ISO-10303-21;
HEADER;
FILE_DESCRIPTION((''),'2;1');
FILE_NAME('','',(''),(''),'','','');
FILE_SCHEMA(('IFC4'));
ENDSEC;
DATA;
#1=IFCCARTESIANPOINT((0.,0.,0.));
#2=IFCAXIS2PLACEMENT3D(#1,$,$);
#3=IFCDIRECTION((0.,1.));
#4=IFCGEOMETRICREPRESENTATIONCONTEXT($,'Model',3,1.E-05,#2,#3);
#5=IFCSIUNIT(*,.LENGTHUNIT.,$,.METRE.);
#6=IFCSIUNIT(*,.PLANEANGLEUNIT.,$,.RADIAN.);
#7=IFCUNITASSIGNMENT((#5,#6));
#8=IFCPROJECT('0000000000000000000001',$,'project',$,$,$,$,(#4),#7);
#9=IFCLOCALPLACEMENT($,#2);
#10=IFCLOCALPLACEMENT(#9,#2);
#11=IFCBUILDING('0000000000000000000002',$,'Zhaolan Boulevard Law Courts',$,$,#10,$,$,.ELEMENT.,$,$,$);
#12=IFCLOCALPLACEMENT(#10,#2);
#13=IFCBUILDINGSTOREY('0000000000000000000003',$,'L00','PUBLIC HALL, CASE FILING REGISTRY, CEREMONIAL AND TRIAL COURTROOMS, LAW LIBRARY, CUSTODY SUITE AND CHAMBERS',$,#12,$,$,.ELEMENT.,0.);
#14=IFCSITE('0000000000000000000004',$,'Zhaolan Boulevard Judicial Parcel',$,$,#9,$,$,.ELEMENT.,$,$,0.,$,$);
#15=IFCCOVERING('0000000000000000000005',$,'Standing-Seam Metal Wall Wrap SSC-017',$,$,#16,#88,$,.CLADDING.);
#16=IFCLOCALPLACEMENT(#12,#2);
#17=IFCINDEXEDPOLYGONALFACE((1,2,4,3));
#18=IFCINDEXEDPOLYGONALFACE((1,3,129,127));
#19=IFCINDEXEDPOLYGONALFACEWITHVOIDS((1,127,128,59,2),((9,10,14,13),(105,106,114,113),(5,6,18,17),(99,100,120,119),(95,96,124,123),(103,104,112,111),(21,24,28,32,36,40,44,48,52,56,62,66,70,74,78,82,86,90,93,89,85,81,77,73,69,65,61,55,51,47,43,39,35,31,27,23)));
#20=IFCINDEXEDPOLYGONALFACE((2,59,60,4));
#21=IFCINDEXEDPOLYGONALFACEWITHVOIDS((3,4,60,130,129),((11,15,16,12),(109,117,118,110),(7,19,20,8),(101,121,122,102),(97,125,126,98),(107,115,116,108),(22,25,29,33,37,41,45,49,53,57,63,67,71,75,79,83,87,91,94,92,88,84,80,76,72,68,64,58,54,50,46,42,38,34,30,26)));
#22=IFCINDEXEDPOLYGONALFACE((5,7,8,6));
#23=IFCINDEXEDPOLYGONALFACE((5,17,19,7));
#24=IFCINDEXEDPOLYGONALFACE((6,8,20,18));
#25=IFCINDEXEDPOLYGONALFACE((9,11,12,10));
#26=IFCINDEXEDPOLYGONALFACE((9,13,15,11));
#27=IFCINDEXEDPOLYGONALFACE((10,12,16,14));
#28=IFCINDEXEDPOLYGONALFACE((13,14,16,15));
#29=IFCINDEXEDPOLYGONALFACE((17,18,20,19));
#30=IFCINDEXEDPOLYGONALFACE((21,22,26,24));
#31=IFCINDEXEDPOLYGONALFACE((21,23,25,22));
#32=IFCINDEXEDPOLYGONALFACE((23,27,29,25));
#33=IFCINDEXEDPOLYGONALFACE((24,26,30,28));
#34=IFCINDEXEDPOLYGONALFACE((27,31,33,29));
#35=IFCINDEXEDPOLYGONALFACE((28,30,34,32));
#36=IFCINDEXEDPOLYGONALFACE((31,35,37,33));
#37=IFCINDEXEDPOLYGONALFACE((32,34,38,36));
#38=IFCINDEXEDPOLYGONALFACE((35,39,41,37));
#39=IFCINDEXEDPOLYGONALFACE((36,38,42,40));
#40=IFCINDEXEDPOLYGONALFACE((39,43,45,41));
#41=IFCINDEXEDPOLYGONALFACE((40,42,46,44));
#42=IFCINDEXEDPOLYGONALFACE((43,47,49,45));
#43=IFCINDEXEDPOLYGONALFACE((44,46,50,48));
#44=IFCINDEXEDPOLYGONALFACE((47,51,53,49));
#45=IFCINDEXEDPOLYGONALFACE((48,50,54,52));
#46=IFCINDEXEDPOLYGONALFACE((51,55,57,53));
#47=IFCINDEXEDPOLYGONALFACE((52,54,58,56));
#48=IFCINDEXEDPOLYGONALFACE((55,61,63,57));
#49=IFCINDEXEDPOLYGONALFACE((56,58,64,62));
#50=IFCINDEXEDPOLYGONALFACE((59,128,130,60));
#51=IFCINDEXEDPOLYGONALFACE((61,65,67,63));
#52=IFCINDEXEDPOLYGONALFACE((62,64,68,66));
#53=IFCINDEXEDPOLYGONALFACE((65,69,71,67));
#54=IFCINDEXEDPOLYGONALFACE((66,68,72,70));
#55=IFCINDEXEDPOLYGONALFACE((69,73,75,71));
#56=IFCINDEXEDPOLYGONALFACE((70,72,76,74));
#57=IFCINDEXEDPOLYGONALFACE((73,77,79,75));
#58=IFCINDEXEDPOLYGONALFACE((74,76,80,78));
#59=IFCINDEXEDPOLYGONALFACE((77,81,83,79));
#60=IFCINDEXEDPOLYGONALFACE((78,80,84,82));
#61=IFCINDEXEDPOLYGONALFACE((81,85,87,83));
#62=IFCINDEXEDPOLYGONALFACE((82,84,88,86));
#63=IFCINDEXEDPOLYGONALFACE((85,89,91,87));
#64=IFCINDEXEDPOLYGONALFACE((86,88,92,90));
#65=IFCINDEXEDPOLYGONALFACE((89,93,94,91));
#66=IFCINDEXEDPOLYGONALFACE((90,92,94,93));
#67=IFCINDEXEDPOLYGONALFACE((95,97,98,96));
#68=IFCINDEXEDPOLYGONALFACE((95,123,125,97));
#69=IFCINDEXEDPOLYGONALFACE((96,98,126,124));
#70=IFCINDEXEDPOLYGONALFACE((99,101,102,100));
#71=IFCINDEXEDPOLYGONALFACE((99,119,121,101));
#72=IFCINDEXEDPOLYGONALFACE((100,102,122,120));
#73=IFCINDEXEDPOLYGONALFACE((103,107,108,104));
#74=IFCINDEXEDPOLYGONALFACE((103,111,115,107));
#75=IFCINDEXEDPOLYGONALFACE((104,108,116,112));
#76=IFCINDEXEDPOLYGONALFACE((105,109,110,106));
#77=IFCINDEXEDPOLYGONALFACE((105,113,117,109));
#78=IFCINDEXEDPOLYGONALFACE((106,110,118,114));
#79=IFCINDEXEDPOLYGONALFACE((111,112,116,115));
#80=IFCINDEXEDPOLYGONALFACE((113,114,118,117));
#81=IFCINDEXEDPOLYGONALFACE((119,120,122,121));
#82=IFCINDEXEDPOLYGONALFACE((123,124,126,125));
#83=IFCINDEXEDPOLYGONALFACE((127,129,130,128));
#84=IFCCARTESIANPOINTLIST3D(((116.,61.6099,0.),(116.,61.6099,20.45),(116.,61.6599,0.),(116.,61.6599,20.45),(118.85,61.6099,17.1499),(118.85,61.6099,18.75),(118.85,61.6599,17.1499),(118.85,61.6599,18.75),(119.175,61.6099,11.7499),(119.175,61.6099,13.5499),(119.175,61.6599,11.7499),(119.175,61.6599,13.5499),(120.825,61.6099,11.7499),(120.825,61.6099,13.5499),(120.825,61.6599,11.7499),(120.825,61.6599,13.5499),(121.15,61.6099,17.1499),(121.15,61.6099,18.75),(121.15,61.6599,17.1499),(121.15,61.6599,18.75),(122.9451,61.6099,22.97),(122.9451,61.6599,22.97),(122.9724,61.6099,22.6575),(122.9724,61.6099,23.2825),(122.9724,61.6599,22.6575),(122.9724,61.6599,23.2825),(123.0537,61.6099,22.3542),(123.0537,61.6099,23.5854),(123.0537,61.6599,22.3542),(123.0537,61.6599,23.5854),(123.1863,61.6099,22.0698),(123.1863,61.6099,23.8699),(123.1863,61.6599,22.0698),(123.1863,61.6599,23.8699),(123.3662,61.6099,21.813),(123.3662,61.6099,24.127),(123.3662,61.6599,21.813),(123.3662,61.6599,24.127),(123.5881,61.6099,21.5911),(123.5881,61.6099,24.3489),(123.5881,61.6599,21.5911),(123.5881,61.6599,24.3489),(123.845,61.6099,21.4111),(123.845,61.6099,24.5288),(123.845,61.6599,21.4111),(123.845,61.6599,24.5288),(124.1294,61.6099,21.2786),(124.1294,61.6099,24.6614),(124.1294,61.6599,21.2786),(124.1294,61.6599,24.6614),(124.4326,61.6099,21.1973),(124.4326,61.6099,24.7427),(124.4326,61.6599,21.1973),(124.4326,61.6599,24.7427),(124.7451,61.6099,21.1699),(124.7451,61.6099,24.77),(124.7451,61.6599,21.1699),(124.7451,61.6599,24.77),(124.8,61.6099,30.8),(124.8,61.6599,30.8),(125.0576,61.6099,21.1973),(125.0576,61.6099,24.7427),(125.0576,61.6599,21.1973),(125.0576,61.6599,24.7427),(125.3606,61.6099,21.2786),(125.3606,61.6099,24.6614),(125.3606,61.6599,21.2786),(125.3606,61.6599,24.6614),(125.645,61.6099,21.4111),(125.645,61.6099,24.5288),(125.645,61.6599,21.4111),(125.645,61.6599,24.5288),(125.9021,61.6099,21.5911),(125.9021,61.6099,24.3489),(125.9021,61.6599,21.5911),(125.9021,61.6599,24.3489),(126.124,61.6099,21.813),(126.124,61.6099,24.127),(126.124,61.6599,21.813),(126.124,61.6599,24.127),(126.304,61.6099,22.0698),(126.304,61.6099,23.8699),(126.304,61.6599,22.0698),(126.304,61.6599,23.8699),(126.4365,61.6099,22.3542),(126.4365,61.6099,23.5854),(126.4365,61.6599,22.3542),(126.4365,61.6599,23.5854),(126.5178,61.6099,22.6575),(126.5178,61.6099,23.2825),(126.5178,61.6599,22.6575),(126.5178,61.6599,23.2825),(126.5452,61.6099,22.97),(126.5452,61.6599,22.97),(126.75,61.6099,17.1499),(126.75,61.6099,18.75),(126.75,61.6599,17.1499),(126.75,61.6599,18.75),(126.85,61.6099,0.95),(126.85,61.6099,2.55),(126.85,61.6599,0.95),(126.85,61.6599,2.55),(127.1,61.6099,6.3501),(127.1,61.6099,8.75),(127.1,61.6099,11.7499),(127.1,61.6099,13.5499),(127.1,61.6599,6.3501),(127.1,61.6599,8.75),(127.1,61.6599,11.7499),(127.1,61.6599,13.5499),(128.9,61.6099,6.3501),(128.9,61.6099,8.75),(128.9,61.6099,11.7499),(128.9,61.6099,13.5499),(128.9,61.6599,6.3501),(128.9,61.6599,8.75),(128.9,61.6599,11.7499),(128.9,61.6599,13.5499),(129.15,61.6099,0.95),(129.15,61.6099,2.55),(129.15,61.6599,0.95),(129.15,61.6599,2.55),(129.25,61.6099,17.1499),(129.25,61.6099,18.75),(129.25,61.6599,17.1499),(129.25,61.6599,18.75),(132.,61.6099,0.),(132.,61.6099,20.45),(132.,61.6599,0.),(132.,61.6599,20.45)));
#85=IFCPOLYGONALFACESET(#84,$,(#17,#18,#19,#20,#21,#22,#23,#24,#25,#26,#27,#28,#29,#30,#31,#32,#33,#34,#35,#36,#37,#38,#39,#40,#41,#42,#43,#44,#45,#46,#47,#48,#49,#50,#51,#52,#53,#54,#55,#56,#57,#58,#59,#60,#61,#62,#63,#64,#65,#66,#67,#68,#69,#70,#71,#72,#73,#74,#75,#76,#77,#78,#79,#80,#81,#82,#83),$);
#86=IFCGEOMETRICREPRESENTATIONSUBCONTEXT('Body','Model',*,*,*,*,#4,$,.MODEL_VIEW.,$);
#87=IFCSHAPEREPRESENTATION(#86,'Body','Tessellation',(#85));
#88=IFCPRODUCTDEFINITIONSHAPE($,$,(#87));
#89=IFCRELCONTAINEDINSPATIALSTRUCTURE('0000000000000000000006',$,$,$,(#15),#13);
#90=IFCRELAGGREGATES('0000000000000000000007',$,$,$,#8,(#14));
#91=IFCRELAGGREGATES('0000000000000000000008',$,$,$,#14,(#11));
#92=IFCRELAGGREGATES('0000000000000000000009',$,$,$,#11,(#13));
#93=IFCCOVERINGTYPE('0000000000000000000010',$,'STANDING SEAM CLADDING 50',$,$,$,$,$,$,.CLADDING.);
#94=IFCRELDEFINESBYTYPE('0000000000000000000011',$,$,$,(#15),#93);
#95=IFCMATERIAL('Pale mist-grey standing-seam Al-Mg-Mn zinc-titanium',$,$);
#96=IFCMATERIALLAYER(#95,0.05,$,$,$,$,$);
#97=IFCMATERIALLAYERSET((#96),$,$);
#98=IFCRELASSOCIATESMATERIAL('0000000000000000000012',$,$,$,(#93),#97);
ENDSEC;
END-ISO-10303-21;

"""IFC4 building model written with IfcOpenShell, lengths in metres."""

from ifc_helpers import new_model, si_unit, direction, frame, frame_2d, origin, place, context, subcontext, project, spatial, polyline, rectangle, outline, extrude, material, layer, layer_set, type_object, element, save


model = new_model("IFC4")

# Units and contexts
model_context = context("Model", 3, precision=1e-05, world=origin(), true_north=direction((0.0, 1.0)))
body_context = subcontext(model_context, "Body", "Model", "MODEL_VIEW")
ifc_project = project(units=[si_unit("LENGTHUNIT", "METRE"), si_unit("PLANEANGLEUNIT", "RADIAN")], contexts=[model_context])

# Site, building, storey
site_placement = place(None, origin())
site = spatial("IfcSite", under=ifc_project, at=site_placement, Name="Zhaolan Boulevard Judicial Parcel", CompositionType="ELEMENT", RefElevation=0.0)
building_placement = place(site_placement, origin())
building = spatial("IfcBuilding", under=site, at=building_placement, Name="Zhaolan Boulevard Law Courts", CompositionType="ELEMENT")
storey_placement = place(building_placement, origin())
storey = spatial("IfcBuildingStorey", under=building, at=storey_placement, Name="L00", Description="PUBLIC HALL, CASE FILING REGISTRY, CEREMONIAL AND TRIAL COURTROOMS, LAW LIBRARY, CUSTODY SUITE AND CHAMBERS", CompositionType="ELEMENT", Elevation=0.0)

# Covering, openings
ifc_material_1 = material(Name="Pale mist-grey standing-seam Al-Mg-Mn zinc-titanium")
ifc_layer_1 = layer(ifc_material_1, 0.05)
ifc_layer_set_1 = layer_set([ifc_layer_1])
covering_type_1 = type_object("IfcCoveringType", Name="STANDING SEAM CLADDING 50", PredefinedType="CLADDING", material=ifc_layer_set_1)
covering_1_placement = place(storey_placement, frame((116.0, 61.635, 0.0), z_axis=(0.0, 0.0, 1.0), x_axis=(1.0, 0.0, 0.0)))
covering_1 = element("IfcCovering", 1, at=covering_1_placement, inside=storey, type_object=covering_type_1, Name="Standing-Seam Metal Wall Wrap SSC-017", PredefinedType="CLADDING", context=body_context, shape_type="SweptSolid", body=[
    extrude(outline(polyline([(0.0, 0.0), (16.0, 0.0), (16.0, 20.45), (8.8, 30.8), (0.0, 20.45), (0.0, 0.0)])), frame((0.0, 0.0249, 0.0), z_axis=(0.0, -1.0, 0.0), x_axis=(1.0, 0.0, 0.0)), (0.0, 0.0, 1.0), 0.05),
])
opening_1_placement = place(storey_placement, frame((126.8501, 61.635, 0.95), z_axis=(0.0, 0.0, 1.0), x_axis=(1.0, 0.0, 0.0)))
element("IfcOpeningElement", 2, at=opening_1_placement, cuts=covering_1, PredefinedType="OPENING", context=body_context, shape_type="SweptSolid", body=[
    extrude(rectangle(XDim=2.3, YDim=1.6001, at=frame_2d((1.1499, 0.8))), frame((0.0, 0.1499, 0.0), z_axis=(0.0, -1.0, 0.0), x_axis=(1.0, 0.0, 0.0)), (0.0, 0.0, 1.0), 0.3),
])
opening_2_placement = place(storey_placement, frame((127.1001, 61.635, 6.3501), z_axis=(0.0, 0.0, 1.0), x_axis=(1.0, 0.0, 0.0)))
element("IfcOpeningElement", 3, at=opening_2_placement, cuts=covering_1, PredefinedType="OPENING", context=body_context, shape_type="SweptSolid", body=[
    extrude(rectangle(XDim=1.8, YDim=2.3999, at=frame_2d((0.8999, 1.2))), frame((0.0, 0.1499, 0.0), z_axis=(0.0, -1.0, 0.0), x_axis=(1.0, 0.0, 0.0)), (0.0, 0.0, 1.0), 0.3),
])
opening_3_placement = place(storey_placement, frame((119.175, 61.635, 11.75), z_axis=(0.0, 0.0, 1.0), x_axis=(1.0, 0.0, 0.0)))
element("IfcOpeningElement", 4, at=opening_3_placement, cuts=covering_1, PredefinedType="OPENING", context=body_context, shape_type="SweptSolid", body=[
    extrude(rectangle(XDim=1.6499, YDim=1.8, at=frame_2d((0.825, 0.8999))), frame((0.0, 0.1499, 0.0), z_axis=(0.0, -1.0, 0.0), x_axis=(1.0, 0.0, 0.0)), (0.0, 0.0, 1.0), 0.3),
])
opening_4_placement = place(storey_placement, frame((127.1001, 61.635, 11.75), z_axis=(0.0, 0.0, 1.0), x_axis=(1.0, 0.0, 0.0)))
element("IfcOpeningElement", 5, at=opening_4_placement, cuts=covering_1, PredefinedType="OPENING", context=body_context, shape_type="SweptSolid", body=[
    extrude(rectangle(XDim=1.8, YDim=1.8, at=frame_2d((0.8999, 0.8999))), frame((0.0, 0.1499, 0.0), z_axis=(0.0, -1.0, 0.0), x_axis=(1.0, 0.0, 0.0)), (0.0, 0.0, 1.0), 0.3),
])
opening_5_placement = place(storey_placement, frame((118.8501, 61.635, 17.1499), z_axis=(0.0, 0.0, 1.0), x_axis=(1.0, 0.0, 0.0)))
element("IfcOpeningElement", 6, at=opening_5_placement, cuts=covering_1, PredefinedType="OPENING", context=body_context, shape_type="SweptSolid", body=[
    extrude(rectangle(XDim=2.3, YDim=1.6001, at=frame_2d((1.1499, 0.8))), frame((0.0, 0.1499, 0.0), z_axis=(0.0, -1.0, 0.0), x_axis=(1.0, 0.0, 0.0)), (0.0, 0.0, 1.0), 0.3),
])
opening_6_placement = place(storey_placement, frame((126.75, 61.635, 17.1499), z_axis=(0.0, 0.0, 1.0), x_axis=(1.0, 0.0, 0.0)))
element("IfcOpeningElement", 7, at=opening_6_placement, cuts=covering_1, PredefinedType="OPENING", context=body_context, shape_type="SweptSolid", body=[
    extrude(rectangle(XDim=2.5, YDim=1.6001, at=frame_2d((1.25, 0.8))), frame((0.0, 0.1499, 0.0), z_axis=(0.0, -1.0, 0.0), x_axis=(1.0, 0.0, 0.0)), (0.0, 0.0, 1.0), 0.3),
])
opening_7_placement = place(storey_placement, frame((122.9451, 61.635, 21.1699), z_axis=(0.0, 0.0, 1.0), x_axis=(1.0, 0.0, 0.0)))
element("IfcOpeningElement", 8, at=opening_7_placement, cuts=covering_1, PredefinedType="OPENING", context=body_context, shape_type="SweptSolid", body=[
    extrude(outline(polyline([(3.6001, 1.8), (3.5728, 2.1125), (3.4915, 2.4155), (3.3589, 2.7), (3.179, 2.957), (2.957, 3.179), (2.7, 3.3589), (2.4155, 3.4915), (2.1125, 3.5728), (1.8, 3.6001), (1.4875, 3.5728), (1.1843, 3.4915), (0.8999, 3.3589), (0.6431, 3.179), (0.4211, 2.957), (0.2412, 2.7), (0.1086, 2.4155), (0.0273, 2.1125), (0.0, 1.8), (0.0273, 1.4875), (0.1086, 1.1843), (0.2412, 0.8999), (0.4211, 0.6431), (0.6431, 0.4211), (0.8999, 0.2412), (1.1843, 0.1086), (1.4875, 0.0273), (1.8, 0.0), (2.1125, 0.0273), (2.4155, 0.1086), (2.7, 0.2412), (2.957, 0.4211), (3.179, 0.6431), (3.3589, 0.8999), (3.4915, 1.1843), (3.5728, 1.4875), (3.6001, 1.8)])), frame((0.0, 0.1499, 0.0), z_axis=(0.0, -1.0, 0.0), x_axis=(1.0, 0.0, 0.0)), (0.0, 0.0, 1.0), 0.3),
])

save(model, "model.ifc")
